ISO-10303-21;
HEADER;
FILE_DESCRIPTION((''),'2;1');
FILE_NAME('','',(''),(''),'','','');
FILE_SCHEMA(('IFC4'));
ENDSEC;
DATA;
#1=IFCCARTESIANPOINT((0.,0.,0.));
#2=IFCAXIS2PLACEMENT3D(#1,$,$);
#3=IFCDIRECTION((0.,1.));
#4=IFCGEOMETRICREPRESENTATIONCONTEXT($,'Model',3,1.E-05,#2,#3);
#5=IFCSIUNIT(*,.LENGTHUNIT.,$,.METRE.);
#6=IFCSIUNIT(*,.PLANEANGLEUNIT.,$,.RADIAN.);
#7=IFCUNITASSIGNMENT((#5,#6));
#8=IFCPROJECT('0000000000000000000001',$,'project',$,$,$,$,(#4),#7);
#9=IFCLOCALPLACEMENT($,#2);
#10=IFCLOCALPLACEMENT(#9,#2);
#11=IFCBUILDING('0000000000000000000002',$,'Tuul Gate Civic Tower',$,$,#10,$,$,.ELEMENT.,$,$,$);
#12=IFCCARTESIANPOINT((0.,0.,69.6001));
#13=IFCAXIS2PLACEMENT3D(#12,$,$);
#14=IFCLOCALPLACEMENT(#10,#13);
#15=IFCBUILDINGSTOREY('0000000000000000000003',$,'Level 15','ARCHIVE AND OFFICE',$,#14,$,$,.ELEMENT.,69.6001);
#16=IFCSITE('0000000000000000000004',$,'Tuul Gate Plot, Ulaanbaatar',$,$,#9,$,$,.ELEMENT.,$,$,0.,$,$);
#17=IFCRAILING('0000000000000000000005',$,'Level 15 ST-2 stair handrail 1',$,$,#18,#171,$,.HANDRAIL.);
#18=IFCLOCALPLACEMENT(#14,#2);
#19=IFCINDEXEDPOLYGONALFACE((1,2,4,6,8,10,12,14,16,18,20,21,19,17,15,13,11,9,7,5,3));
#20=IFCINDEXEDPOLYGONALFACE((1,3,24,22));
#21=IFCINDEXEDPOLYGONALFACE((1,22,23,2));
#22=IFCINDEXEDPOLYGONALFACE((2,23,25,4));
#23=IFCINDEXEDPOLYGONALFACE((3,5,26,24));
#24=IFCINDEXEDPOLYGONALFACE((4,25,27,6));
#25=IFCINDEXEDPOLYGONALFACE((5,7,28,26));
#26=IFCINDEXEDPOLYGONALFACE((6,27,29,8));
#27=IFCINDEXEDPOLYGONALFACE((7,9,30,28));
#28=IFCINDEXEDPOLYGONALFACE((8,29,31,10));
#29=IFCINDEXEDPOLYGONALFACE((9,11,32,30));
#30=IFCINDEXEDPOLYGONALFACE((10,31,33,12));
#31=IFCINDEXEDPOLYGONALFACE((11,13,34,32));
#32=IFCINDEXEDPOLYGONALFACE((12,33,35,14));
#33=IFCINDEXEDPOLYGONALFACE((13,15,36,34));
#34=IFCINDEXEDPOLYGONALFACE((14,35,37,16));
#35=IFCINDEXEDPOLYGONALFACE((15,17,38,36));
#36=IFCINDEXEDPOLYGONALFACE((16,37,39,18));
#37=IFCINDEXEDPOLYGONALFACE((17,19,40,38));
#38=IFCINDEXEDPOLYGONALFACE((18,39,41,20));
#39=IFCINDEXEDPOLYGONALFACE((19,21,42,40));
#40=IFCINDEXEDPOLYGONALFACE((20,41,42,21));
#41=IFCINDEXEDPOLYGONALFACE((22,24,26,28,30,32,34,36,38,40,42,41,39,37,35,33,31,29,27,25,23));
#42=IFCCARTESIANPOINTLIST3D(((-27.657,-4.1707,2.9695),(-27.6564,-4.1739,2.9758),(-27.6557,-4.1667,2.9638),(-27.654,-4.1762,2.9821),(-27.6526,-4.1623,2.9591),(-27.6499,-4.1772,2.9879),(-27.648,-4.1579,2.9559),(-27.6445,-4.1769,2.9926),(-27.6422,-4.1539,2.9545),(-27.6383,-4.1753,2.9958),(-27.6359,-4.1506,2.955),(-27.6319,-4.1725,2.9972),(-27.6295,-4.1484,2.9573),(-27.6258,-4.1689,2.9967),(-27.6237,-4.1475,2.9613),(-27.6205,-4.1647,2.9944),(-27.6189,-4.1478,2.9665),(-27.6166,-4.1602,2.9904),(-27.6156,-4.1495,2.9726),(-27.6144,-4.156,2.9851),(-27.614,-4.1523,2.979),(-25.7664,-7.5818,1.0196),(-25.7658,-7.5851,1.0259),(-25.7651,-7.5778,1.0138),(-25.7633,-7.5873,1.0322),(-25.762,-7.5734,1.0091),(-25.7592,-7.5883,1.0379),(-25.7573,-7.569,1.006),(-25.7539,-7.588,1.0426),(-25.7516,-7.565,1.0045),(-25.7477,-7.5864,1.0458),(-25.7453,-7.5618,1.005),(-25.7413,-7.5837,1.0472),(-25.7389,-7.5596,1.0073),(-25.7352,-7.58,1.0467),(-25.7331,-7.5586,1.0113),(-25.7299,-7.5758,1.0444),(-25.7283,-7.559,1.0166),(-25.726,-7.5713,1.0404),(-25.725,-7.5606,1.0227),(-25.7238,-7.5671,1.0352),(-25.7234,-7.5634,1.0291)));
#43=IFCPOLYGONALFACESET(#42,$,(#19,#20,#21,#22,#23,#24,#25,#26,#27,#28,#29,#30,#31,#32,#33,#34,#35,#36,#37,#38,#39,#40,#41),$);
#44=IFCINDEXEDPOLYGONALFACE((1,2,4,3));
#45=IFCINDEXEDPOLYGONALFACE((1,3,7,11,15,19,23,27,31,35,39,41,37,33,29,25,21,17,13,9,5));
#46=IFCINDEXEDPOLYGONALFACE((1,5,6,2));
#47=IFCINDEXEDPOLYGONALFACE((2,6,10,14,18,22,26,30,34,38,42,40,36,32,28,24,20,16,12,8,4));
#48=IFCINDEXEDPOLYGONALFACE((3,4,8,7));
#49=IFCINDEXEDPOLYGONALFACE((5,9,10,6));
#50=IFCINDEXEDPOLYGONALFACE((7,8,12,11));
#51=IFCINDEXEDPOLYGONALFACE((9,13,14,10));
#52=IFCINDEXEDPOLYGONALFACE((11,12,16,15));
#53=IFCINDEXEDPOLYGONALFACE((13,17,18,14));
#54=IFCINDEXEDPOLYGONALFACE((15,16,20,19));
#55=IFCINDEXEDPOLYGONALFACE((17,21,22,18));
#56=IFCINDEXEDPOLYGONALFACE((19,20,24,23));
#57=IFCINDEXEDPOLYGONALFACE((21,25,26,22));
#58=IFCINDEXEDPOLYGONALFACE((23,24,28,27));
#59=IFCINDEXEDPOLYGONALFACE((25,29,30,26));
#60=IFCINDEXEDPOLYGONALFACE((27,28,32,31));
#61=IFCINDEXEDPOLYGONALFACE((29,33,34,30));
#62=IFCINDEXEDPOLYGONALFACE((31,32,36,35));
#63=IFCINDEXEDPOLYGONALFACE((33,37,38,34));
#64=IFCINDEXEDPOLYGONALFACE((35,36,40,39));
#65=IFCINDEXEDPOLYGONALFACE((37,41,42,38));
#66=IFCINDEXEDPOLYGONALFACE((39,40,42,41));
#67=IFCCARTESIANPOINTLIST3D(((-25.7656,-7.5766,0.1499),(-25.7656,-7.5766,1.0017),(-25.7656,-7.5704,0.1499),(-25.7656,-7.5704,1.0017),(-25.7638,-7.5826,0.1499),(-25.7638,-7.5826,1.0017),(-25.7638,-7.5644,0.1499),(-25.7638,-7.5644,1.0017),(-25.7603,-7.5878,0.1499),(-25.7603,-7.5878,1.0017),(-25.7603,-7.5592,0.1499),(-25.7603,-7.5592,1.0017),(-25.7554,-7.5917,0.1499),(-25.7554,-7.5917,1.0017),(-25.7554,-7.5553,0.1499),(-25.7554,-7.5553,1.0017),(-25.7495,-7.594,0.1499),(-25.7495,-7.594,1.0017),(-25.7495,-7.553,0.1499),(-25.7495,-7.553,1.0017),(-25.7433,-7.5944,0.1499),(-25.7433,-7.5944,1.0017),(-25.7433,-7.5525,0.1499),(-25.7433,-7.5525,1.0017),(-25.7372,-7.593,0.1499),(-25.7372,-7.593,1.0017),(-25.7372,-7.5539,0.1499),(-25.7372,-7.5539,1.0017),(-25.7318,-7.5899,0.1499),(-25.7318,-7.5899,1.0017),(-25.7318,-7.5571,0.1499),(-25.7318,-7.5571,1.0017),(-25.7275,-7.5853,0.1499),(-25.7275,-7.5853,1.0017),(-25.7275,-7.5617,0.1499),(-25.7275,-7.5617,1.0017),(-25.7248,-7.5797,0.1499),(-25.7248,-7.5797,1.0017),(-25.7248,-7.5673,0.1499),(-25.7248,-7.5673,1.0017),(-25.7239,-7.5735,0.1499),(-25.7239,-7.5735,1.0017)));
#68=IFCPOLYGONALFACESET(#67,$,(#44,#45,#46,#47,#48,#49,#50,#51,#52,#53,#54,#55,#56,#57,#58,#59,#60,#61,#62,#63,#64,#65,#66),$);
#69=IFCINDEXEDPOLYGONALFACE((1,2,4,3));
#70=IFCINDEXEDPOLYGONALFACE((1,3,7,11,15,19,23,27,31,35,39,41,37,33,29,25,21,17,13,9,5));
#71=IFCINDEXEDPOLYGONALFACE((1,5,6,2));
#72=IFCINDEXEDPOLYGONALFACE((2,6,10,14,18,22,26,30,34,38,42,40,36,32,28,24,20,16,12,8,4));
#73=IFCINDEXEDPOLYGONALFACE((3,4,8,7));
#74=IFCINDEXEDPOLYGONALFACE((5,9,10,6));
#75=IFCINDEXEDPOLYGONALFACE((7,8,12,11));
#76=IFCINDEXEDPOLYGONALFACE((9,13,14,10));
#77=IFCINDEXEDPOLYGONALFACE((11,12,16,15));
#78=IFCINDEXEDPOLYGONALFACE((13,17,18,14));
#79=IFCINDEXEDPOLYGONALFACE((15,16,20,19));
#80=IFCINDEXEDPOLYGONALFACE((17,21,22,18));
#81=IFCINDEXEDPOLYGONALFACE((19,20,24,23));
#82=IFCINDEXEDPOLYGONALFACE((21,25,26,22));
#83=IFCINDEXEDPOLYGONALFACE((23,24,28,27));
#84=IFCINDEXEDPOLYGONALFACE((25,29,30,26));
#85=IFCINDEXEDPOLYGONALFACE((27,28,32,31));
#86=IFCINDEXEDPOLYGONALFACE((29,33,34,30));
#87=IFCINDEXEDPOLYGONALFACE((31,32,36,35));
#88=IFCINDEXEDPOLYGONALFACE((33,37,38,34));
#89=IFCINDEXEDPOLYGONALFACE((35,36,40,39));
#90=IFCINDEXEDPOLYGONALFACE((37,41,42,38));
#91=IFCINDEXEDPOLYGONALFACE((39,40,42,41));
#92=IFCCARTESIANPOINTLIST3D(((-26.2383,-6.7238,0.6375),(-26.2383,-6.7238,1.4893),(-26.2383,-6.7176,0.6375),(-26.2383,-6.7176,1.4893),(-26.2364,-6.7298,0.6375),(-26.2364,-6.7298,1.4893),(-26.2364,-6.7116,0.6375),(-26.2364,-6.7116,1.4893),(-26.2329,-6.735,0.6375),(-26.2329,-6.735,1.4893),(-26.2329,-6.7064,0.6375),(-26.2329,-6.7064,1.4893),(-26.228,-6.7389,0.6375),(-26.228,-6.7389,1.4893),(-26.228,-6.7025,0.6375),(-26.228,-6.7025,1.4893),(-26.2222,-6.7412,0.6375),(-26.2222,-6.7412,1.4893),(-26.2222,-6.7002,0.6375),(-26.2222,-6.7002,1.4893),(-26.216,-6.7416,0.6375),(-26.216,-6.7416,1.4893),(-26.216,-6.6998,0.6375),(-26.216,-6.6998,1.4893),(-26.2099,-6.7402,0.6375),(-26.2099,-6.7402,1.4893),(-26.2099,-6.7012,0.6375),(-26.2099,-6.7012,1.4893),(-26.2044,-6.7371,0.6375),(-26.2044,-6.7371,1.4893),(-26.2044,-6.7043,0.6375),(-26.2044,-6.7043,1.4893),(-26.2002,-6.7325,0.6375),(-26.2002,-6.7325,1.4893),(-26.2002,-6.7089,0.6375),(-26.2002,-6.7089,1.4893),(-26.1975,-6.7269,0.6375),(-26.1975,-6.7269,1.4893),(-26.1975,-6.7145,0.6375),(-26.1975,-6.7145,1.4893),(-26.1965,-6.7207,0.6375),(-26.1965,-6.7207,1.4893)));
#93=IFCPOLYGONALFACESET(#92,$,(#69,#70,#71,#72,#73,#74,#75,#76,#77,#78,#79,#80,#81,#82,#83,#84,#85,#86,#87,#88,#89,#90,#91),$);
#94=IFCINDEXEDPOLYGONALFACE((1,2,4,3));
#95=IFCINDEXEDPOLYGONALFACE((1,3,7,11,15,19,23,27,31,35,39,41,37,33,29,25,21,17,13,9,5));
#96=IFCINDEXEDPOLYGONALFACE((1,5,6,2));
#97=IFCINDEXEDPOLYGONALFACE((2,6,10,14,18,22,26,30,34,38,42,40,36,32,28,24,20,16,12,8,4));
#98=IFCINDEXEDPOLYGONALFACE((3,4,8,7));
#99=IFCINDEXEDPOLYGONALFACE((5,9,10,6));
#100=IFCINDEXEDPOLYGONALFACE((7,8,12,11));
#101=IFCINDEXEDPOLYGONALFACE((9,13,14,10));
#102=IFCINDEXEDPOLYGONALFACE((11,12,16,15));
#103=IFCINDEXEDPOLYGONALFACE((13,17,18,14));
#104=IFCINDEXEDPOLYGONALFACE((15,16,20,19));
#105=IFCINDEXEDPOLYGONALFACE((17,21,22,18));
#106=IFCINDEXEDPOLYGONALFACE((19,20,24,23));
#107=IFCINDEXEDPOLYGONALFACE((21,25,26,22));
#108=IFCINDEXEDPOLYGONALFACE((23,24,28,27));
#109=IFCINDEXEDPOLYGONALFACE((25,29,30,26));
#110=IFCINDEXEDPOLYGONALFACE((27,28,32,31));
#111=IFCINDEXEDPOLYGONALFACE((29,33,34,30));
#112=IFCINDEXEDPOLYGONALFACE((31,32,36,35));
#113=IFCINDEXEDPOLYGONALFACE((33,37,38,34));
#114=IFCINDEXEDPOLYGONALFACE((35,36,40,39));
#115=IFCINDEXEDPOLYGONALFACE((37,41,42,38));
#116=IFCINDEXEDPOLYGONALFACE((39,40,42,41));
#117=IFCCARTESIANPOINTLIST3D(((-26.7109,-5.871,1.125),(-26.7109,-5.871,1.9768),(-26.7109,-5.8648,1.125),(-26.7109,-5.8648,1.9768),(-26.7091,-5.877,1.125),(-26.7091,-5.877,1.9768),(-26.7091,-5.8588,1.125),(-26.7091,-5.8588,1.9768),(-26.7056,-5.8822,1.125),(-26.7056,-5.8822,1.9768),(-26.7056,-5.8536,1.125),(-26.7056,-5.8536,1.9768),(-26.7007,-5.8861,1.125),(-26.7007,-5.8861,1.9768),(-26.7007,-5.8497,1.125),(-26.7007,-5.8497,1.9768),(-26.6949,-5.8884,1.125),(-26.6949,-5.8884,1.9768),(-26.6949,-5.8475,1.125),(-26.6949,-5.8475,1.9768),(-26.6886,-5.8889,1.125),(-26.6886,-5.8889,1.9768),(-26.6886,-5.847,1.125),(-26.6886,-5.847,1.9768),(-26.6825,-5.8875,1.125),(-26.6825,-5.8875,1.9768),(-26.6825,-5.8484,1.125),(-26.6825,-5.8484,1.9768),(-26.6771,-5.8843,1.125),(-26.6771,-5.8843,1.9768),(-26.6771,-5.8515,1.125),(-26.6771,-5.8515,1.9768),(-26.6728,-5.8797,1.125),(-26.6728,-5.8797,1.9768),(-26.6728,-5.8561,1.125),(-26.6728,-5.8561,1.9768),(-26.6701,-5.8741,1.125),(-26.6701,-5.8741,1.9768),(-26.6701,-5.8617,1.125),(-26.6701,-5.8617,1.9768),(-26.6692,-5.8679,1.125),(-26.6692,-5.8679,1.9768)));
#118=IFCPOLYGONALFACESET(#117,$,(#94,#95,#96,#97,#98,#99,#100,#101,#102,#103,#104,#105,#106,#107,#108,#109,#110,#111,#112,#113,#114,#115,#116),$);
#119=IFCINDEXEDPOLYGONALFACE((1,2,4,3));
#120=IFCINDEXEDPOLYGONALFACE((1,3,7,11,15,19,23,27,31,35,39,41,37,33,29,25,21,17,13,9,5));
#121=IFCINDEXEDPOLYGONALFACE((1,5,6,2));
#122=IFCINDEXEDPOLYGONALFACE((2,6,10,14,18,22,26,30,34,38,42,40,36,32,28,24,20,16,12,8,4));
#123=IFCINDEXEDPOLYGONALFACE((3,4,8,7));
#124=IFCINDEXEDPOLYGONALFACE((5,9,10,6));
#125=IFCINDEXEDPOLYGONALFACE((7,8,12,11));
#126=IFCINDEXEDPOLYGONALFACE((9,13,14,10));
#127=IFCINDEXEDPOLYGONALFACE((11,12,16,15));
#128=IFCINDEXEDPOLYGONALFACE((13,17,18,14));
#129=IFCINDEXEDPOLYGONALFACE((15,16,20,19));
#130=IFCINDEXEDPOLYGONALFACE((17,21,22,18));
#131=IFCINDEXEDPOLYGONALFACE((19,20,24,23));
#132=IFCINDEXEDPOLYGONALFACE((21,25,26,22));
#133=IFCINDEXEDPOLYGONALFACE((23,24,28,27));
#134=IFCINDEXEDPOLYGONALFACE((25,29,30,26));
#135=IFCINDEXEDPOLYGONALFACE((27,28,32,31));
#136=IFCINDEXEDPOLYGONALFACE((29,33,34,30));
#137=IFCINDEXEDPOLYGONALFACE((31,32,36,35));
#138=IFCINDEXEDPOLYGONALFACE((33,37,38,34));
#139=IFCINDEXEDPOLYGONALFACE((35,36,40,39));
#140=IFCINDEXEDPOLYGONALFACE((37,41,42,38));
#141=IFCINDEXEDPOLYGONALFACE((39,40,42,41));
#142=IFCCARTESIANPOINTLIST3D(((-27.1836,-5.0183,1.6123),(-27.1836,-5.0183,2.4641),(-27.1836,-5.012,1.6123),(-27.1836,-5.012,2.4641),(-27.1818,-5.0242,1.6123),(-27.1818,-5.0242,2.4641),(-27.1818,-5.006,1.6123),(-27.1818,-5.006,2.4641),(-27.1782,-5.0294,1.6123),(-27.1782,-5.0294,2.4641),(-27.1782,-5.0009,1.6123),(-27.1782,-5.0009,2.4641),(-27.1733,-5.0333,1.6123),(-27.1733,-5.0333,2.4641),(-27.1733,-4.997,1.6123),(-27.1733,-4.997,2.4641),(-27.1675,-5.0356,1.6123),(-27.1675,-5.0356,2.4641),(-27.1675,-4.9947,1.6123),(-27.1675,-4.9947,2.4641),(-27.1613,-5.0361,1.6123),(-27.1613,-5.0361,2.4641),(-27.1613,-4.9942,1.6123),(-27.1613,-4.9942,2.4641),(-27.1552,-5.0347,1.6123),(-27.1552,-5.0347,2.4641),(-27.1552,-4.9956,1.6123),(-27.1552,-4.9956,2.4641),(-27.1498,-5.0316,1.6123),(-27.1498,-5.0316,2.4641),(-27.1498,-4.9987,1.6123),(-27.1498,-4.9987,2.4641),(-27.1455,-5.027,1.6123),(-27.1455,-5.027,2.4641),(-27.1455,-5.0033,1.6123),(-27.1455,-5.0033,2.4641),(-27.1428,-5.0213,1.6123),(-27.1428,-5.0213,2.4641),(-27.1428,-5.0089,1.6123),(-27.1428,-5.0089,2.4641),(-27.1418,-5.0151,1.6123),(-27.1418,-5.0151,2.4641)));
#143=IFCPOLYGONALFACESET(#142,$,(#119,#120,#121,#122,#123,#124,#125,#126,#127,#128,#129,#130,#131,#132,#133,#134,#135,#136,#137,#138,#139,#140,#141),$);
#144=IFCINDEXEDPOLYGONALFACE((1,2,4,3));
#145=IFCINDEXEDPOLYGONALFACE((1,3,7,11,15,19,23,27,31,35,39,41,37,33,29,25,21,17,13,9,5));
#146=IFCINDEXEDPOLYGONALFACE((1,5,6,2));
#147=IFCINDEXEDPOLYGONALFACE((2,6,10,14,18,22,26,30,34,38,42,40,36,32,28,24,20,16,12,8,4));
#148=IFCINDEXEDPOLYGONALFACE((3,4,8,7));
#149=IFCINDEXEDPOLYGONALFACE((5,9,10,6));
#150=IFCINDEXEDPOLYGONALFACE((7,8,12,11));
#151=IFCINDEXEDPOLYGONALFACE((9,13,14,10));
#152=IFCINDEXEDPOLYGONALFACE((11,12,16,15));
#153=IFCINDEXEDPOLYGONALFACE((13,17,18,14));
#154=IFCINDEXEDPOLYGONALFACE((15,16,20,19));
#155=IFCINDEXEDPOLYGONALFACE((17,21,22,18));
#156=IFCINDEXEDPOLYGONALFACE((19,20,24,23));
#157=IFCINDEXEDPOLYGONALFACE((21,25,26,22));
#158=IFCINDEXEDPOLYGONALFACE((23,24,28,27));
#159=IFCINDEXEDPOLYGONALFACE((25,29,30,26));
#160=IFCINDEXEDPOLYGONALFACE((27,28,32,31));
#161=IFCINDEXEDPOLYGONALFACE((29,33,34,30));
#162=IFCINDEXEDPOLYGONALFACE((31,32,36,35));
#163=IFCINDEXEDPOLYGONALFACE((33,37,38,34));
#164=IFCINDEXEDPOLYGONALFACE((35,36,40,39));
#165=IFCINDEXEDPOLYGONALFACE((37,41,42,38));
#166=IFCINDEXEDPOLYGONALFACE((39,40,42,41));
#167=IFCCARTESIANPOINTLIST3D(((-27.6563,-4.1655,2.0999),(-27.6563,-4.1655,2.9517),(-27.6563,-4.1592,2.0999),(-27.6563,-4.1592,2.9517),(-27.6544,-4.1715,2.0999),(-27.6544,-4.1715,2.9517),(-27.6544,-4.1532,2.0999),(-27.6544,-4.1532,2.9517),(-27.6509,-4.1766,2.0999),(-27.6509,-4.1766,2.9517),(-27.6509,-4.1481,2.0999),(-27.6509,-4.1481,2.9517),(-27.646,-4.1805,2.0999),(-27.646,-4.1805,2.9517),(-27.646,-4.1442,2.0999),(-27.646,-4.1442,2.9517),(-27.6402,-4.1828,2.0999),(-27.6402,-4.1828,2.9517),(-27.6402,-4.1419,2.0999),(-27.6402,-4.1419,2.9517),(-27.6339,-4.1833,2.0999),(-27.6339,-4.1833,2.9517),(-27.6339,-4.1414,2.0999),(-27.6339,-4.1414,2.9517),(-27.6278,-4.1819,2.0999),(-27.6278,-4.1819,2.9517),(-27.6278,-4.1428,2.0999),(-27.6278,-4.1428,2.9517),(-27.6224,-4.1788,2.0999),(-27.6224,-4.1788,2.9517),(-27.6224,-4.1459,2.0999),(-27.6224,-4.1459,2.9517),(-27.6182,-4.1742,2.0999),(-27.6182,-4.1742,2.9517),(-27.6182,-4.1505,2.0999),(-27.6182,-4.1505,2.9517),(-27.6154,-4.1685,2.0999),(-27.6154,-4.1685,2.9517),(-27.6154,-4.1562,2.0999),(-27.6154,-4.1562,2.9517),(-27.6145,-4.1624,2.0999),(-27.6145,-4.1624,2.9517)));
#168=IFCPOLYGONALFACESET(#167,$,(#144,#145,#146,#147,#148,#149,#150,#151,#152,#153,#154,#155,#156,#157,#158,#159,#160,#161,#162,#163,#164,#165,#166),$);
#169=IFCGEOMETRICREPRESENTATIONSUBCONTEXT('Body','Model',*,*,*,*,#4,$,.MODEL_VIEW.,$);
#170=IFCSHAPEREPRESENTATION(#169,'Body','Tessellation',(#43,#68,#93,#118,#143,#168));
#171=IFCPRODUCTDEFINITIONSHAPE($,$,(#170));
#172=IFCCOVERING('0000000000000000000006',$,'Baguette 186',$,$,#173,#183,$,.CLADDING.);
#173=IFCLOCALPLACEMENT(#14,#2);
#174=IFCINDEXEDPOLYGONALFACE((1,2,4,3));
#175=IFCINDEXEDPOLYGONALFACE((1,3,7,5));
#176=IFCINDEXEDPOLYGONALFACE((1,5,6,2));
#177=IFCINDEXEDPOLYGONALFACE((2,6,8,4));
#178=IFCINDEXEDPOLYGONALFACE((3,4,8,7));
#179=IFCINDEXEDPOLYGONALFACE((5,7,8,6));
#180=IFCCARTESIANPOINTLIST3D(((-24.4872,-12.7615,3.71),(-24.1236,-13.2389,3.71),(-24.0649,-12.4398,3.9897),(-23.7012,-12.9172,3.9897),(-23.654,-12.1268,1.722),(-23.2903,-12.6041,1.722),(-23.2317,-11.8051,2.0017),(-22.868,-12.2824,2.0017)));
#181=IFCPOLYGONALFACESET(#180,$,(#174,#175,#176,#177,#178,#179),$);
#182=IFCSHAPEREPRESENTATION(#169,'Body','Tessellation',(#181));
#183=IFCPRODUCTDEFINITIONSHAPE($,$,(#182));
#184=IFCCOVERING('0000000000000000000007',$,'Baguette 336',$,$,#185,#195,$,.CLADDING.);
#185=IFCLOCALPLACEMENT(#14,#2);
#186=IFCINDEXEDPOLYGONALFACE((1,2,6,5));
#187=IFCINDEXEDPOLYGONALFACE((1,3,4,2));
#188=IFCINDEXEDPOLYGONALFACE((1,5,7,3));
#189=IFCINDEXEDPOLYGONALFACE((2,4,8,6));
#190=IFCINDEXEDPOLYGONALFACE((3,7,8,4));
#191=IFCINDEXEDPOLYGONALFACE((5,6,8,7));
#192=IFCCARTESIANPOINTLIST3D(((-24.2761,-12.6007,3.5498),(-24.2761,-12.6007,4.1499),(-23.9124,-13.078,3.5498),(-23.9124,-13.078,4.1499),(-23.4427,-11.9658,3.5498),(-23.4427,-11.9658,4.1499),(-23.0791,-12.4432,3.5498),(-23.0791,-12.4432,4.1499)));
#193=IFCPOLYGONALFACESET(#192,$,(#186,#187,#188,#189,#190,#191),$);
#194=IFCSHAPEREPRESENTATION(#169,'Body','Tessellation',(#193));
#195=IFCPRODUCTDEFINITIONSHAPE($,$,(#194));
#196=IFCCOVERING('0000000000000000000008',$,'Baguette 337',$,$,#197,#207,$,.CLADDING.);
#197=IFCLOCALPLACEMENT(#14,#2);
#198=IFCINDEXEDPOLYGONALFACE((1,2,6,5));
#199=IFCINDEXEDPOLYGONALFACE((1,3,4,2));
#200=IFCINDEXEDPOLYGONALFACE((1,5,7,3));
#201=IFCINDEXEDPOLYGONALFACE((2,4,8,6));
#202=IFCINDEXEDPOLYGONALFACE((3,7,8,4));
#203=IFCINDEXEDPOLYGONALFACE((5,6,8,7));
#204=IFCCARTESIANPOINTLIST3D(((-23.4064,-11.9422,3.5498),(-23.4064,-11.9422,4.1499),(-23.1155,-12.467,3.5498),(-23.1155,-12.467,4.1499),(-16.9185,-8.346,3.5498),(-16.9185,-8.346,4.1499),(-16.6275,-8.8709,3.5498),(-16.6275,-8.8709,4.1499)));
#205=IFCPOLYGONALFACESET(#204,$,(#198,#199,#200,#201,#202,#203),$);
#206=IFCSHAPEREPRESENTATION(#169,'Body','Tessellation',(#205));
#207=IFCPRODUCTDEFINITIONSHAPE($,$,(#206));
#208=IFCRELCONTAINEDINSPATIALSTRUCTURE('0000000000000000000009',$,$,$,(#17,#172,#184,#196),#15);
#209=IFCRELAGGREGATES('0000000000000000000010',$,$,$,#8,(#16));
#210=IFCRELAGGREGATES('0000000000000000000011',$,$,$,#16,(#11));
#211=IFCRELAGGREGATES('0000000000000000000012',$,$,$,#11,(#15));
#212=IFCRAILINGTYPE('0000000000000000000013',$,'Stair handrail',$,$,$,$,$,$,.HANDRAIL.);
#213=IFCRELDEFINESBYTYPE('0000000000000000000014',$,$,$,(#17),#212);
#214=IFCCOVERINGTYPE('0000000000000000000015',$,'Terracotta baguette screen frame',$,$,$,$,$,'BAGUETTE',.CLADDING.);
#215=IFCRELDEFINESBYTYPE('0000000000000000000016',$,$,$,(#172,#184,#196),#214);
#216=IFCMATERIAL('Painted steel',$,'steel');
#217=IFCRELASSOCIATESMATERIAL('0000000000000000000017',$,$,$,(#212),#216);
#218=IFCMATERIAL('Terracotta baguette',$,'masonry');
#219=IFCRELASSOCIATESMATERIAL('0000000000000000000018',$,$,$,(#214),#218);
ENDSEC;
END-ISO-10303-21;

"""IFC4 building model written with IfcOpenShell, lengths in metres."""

from ifc_helpers import new_model, si_unit, direction, frame, origin, origin_2d, place, context, subcontext, project, spatial, rectangle, circle, extrude, material, material_profile, profile_set, type_object, element, save


model = new_model("IFC4")

# Units and contexts
model_context = context("Model", 3, precision=1e-05, world=origin(), true_north=direction((0.0, 1.0)))
body_context = subcontext(model_context, "Body", "Model", "MODEL_VIEW")
ifc_project = project(units=[si_unit("LENGTHUNIT", "METRE"), si_unit("PLANEANGLEUNIT", "RADIAN")], contexts=[model_context])

# Site, building, storey
site_placement = place(None, origin())
site = spatial("IfcSite", under=ifc_project, at=site_placement, Name="Tuul Gate Plot, Ulaanbaatar", CompositionType="ELEMENT", RefElevation=0.0)
building_placement = place(site_placement, origin())
building = spatial("IfcBuilding", under=site, at=building_placement, Name="Tuul Gate Civic Tower", CompositionType="ELEMENT")
storey_placement = place(building_placement, frame((0.0, 0.0, 69.6001)))
storey = spatial("IfcBuildingStorey", under=building, at=storey_placement, Name="Level 15", Description="ARCHIVE AND OFFICE", CompositionType="ELEMENT", Elevation=69.6001)

# Railing
ifc_material_1 = material(Name="Painted steel", Category="steel")
railing_type_1 = type_object("IfcRailingType", Name="Stair handrail", PredefinedType="HANDRAIL", material=ifc_material_1)
railing_1_placement = place(storey_placement, frame((-25.7449, -7.5735, 0.1499)))
element("IfcRailing", 1, at=railing_1_placement, inside=storey, type_object=railing_type_1, Name="Level 15 ST-2 stair handrail 1", PredefinedType="HANDRAIL", context=body_context, shape_type="SweptSolid", body=[
    extrude(circle(Radius=0.0239, at=origin_2d()), frame((0.0, 0.0, 0.876), z_axis=(-0.433595, 0.782308, 0.447201), x_axis=(-0.874641, -0.484771, 0.0)), (0.0, 0.0, 1.0), 4.3604),
    extrude(circle(Radius=0.021, at=origin_2d()), origin(), (0.0, 0.0, 1.0), 0.8518),
    extrude(circle(Radius=0.021, at=origin_2d()), frame((-0.4727, 0.8528, 0.4875)), (0.0, 0.0, 1.0), 0.8518),
    extrude(circle(Radius=0.021, at=origin_2d()), frame((-0.9453, 1.7056, 0.9751)), (0.0, 0.0, 1.0), 0.8518),
    extrude(circle(Radius=0.021, at=origin_2d()), frame((-1.418, 2.5583, 1.4624)), (0.0, 0.0, 1.0), 0.8518),
    extrude(circle(Radius=0.021, at=origin_2d()), frame((-1.8906, 3.4111, 1.95)), (0.0, 0.0, 1.0), 0.8518),
])

# Coverings
ifc_material_2 = material(Name="Terracotta baguette", Category="masonry")
ifc_material_profile_1 = material_profile(ifc_material_2, rectangle(XDim=0.6001, YDim=0.6001, at=origin_2d()), Name="Terracotta baguette screen frame")
ifc_profile_set_1 = profile_set([ifc_material_profile_1], Name="Terracotta baguette")
covering_type = type_object("IfcCoveringType", Name="Terracotta baguette screen frame", ElementType="BAGUETTE", PredefinedType="CLADDING", material=ifc_profile_set_1)
covering_1_placement = place(storey_placement, frame((-24.0942, -12.8394, 3.8499), z_axis=(0.37081, 0.28248, -0.884706), x_axis=(-0.605987, 0.795475, 0.0)))
element("IfcCovering", 2, at=covering_1_placement, inside=storey, type_object=covering_type, Name="Baguette 186", PredefinedType="CLADDING", context=body_context, shape_type="SweptSolid", body=[
    extrude(rectangle(XDim=0.6001, YDim=0.6001, at=origin_2d()), origin(), (0.0, 0.0, 1.0), 2.2471),
])
covering_2_placement = place(storey_placement, frame((-24.0942, -12.8394, 3.8499), z_axis=(0.795475, 0.605987, 0.0), x_axis=(-0.605987, 0.795475, 0.0)))
element("IfcCovering", 3, at=covering_2_placement, inside=storey, type_object=covering_type, Name="Baguette 336", PredefinedType="CLADDING", context=body_context, shape_type="SweptSolid", body=[
    extrude(rectangle(XDim=0.6001, YDim=0.6001, at=origin_2d()), origin(), (0.0, 0.0, 1.0), 1.0476),
])
for number, where, z_axis, x_axis, name in (
    (4, (-23.261, -12.2046, 3.8499), (0.87463, 0.48479, 0.0), (-0.48479, 0.87463, 0.0), "Baguette 337"),
):
    element("IfcCovering", number, at=place(storey_placement, frame(where, z_axis=z_axis, x_axis=x_axis)), inside=storey, type_object=covering_type, Name=name, PredefinedType="CLADDING", context=body_context, shape_type="SweptSolid", body=[
        extrude(rectangle(XDim=0.6001, YDim=0.6001, at=origin_2d()), origin(), (0.0, 0.0, 1.0), 7.418),
    ])

save(model, "model.ifc")
